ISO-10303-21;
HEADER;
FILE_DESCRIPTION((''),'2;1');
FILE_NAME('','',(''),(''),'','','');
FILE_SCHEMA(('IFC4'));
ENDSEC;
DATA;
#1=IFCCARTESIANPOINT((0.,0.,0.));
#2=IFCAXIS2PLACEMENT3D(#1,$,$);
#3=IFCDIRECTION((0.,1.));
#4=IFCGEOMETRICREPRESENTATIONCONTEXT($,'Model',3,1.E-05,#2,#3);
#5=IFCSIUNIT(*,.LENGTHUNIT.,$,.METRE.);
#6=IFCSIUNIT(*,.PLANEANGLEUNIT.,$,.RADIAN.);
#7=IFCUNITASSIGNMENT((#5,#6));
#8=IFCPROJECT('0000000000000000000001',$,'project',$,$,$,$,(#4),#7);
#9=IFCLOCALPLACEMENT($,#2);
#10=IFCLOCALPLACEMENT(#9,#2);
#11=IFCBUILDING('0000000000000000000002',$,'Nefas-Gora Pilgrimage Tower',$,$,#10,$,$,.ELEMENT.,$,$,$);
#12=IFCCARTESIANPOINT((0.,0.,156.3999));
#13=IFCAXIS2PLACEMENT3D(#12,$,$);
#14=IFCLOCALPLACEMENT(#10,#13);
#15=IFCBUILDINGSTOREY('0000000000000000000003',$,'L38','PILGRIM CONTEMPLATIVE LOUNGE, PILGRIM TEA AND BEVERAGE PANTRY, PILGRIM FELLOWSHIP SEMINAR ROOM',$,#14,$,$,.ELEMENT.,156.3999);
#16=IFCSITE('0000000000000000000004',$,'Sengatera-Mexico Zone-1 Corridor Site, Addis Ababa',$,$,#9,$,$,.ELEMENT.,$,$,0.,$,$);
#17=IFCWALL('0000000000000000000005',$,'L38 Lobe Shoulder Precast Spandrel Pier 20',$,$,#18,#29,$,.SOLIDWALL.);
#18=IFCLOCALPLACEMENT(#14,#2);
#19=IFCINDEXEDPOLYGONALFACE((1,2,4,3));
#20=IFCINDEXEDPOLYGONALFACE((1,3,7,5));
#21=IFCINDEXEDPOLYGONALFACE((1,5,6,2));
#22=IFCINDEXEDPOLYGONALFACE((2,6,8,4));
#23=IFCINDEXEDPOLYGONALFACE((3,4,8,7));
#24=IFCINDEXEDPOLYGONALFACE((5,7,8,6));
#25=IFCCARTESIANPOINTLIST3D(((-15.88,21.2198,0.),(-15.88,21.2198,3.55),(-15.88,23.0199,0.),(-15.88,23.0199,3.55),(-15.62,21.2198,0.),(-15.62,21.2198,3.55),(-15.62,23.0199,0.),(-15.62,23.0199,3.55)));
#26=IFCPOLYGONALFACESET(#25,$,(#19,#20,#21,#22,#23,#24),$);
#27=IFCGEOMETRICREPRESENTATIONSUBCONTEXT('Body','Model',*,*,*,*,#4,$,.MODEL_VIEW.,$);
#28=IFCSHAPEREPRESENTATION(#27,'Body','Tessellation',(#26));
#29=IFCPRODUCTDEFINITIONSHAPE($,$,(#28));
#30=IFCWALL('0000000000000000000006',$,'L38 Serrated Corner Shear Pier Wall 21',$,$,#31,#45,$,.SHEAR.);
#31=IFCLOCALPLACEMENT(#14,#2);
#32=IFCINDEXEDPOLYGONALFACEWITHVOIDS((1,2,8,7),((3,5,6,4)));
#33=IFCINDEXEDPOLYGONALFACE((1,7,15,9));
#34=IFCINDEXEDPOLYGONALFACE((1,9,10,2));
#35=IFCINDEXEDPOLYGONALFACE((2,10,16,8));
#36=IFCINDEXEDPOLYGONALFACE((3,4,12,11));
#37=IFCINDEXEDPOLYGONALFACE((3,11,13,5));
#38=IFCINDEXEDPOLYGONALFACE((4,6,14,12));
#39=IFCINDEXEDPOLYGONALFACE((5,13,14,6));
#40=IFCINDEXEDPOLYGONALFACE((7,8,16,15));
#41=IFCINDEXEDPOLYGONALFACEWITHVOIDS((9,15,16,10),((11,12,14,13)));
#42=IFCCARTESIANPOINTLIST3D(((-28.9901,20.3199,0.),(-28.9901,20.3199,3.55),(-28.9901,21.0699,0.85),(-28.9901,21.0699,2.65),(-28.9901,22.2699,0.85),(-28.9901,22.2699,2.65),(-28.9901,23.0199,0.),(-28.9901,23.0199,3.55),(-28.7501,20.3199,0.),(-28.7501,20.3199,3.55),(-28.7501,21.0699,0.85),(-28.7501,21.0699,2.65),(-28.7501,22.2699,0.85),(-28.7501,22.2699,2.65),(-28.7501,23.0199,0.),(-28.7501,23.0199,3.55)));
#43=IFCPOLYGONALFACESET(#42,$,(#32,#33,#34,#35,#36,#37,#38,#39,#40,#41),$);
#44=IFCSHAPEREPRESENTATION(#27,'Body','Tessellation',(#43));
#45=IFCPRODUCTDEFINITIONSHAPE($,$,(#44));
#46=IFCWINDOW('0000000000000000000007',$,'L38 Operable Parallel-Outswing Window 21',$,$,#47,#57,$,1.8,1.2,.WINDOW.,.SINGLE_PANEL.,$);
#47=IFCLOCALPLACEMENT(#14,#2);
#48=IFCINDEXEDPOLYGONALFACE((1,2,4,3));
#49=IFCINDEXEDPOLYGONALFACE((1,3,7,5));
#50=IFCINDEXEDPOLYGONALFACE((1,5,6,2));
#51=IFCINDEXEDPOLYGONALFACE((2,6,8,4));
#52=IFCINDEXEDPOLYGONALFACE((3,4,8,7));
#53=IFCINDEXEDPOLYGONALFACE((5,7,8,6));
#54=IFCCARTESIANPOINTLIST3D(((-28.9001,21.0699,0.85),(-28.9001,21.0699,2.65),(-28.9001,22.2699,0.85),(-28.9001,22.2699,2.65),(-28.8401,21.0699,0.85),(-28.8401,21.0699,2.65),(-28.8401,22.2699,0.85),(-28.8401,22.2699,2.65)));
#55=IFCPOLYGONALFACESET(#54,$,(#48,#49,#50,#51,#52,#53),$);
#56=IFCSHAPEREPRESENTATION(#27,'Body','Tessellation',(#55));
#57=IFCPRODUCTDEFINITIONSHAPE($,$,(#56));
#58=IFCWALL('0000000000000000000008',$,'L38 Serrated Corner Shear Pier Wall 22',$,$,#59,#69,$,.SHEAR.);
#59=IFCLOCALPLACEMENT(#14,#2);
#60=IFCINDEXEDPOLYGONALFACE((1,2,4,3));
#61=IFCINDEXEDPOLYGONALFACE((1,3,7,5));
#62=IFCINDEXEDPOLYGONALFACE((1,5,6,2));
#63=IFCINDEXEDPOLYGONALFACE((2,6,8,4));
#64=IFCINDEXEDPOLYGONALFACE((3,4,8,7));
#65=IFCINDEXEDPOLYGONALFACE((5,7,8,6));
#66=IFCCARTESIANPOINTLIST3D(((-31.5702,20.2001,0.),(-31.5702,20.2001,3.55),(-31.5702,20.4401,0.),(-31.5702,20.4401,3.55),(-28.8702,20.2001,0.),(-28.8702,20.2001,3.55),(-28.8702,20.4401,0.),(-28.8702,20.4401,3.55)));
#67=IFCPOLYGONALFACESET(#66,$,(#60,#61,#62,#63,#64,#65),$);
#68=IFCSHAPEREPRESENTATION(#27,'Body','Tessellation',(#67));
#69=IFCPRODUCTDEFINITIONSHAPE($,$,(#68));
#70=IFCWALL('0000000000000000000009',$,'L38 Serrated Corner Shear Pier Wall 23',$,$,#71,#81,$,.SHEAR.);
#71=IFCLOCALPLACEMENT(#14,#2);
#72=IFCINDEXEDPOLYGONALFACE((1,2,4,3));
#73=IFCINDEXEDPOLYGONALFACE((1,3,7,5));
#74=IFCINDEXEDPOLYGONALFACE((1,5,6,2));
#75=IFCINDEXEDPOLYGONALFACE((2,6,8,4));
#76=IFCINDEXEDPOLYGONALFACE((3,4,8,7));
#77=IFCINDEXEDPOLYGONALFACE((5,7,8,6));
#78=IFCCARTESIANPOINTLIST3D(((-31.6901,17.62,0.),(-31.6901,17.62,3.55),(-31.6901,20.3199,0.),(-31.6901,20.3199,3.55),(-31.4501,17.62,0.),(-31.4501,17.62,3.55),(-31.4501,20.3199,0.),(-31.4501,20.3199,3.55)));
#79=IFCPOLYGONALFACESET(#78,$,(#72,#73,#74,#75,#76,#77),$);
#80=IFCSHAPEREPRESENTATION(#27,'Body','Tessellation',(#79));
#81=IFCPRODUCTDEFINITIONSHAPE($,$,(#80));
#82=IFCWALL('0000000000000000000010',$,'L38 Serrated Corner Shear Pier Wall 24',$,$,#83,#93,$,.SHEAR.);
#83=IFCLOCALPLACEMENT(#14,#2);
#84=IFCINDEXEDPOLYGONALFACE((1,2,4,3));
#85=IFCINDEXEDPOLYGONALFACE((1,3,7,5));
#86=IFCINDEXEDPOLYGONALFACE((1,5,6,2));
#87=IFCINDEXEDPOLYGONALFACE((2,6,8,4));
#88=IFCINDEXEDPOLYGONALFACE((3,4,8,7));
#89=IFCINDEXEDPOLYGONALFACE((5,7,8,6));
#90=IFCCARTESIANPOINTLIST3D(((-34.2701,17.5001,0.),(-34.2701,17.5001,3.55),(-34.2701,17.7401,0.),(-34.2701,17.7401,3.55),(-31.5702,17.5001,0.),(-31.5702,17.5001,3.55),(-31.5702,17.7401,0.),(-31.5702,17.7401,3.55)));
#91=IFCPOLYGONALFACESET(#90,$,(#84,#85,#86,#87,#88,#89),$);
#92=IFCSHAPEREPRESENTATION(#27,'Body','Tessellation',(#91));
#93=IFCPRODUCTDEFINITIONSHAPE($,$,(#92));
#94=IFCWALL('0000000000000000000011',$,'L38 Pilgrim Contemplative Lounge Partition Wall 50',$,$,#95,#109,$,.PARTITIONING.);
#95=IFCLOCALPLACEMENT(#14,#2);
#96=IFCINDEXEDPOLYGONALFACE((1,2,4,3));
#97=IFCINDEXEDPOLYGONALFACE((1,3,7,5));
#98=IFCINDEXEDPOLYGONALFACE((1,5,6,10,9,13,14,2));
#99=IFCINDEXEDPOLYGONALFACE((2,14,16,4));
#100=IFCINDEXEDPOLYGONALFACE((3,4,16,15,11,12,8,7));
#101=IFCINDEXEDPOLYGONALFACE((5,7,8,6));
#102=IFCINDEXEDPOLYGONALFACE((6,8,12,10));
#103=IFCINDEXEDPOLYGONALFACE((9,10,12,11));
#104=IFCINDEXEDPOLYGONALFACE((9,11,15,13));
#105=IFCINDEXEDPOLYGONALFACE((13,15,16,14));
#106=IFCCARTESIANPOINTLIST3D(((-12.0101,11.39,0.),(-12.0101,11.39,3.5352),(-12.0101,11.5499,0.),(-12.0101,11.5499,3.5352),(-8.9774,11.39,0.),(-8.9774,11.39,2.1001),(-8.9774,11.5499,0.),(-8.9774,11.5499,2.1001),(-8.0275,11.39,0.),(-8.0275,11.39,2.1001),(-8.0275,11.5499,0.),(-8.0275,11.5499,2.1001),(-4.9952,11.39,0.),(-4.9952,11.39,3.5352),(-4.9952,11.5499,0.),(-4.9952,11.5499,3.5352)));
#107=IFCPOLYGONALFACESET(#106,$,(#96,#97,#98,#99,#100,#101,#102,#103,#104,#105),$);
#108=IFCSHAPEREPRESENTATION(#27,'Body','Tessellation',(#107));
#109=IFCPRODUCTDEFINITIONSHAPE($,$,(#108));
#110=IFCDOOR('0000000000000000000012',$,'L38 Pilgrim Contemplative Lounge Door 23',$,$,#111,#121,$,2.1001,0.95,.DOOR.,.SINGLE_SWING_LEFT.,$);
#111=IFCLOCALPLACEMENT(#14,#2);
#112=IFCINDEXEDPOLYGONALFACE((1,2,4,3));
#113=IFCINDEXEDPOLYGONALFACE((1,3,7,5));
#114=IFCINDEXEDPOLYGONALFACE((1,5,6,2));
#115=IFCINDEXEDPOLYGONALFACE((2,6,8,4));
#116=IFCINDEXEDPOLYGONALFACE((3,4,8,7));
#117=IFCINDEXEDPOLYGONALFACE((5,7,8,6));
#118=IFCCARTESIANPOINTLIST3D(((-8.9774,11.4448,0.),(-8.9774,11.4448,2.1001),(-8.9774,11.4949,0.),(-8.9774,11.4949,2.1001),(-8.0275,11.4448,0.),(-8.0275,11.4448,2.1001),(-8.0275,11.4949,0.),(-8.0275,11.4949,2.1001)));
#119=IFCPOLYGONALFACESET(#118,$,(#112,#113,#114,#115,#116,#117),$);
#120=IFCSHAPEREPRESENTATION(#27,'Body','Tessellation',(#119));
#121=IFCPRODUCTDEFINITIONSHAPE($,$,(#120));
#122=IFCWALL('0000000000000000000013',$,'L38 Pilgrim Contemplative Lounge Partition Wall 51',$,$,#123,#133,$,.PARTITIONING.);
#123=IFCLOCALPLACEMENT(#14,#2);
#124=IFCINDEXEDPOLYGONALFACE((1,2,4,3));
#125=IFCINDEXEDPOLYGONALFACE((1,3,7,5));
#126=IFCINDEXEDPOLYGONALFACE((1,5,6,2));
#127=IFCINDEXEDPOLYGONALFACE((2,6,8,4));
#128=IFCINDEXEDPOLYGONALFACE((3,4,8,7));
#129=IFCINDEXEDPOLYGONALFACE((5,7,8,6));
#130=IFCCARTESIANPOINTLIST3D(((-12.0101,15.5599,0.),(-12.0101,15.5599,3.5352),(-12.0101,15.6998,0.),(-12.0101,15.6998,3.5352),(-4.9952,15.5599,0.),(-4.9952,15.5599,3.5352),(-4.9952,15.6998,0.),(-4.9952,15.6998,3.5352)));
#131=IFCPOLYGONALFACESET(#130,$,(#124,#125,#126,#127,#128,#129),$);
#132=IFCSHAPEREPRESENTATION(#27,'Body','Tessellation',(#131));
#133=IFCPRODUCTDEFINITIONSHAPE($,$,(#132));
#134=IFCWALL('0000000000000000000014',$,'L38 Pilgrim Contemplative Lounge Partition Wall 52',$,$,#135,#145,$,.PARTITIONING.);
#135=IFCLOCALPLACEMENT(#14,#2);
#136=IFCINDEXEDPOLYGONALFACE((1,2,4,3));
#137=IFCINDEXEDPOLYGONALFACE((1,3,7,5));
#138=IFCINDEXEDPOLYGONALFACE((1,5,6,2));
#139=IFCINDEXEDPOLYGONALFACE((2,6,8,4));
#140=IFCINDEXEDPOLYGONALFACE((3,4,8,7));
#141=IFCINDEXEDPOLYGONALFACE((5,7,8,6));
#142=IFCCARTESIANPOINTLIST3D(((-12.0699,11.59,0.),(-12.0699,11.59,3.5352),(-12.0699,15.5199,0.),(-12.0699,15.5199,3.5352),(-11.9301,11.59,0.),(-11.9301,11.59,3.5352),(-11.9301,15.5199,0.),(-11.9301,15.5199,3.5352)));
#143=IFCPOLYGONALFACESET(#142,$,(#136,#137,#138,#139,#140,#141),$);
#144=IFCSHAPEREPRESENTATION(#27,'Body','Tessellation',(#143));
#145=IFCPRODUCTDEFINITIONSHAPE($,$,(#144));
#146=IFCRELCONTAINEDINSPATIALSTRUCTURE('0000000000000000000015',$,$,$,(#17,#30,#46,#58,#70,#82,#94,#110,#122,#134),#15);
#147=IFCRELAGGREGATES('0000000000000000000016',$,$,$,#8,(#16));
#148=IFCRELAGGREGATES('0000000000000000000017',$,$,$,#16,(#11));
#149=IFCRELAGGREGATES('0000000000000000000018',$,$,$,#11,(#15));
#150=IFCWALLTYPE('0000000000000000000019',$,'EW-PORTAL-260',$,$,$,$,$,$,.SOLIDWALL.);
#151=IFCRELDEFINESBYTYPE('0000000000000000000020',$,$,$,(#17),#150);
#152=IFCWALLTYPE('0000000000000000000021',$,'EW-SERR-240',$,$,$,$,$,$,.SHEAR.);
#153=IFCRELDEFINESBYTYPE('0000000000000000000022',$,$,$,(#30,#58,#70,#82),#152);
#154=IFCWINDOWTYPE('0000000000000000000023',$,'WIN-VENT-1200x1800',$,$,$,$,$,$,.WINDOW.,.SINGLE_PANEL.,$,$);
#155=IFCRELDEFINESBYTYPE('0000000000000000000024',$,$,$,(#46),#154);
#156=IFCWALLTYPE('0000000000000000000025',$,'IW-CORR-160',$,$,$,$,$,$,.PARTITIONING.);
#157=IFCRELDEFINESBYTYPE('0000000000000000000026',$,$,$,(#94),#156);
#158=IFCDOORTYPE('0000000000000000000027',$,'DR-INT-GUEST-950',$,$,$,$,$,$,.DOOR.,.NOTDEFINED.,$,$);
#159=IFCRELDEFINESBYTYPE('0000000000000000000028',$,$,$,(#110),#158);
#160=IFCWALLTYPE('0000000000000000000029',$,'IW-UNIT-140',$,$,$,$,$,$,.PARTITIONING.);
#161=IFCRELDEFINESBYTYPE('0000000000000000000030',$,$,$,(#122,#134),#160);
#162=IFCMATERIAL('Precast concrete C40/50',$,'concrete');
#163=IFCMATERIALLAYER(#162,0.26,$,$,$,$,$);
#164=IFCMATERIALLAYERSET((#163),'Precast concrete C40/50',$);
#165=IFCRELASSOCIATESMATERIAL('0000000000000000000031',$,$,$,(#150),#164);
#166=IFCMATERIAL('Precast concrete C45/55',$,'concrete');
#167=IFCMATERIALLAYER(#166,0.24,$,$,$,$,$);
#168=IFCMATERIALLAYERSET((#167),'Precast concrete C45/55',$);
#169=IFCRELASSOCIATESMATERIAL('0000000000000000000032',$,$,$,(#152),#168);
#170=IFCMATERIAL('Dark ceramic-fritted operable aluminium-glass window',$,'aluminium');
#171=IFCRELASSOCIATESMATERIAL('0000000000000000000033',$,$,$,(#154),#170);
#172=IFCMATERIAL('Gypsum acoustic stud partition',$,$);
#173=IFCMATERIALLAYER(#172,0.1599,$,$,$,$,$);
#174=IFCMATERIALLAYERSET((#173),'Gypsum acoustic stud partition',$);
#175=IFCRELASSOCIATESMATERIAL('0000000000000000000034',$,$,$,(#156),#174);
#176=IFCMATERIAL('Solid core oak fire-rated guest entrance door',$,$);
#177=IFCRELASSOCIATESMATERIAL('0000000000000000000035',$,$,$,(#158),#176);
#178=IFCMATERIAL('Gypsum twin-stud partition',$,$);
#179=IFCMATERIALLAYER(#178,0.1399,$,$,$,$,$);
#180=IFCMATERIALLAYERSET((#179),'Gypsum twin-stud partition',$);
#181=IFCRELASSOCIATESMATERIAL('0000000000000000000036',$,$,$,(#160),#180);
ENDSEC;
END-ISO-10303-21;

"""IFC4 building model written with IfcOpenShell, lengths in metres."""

from ifc_helpers import new_model, si_unit, direction, frame, frame_2d, origin, place, context, subcontext, project, spatial, rectangle, extrude, source, transform, mapped, material, layer, layer_set, type_object, element, fill, save


model = new_model("IFC4")

# Units and contexts
model_context = context("Model", 3, precision=1e-05, world=origin(), true_north=direction((0.0, 1.0)))
body_context = subcontext(model_context, "Body", "Model", "MODEL_VIEW")
ifc_project = project(units=[si_unit("LENGTHUNIT", "METRE"), si_unit("PLANEANGLEUNIT", "RADIAN")], contexts=[model_context])

# Site, building, storey
site_placement = place(None, origin())
site = spatial("IfcSite", under=ifc_project, at=site_placement, Name="Sengatera-Mexico Zone-1 Corridor Site, Addis Ababa", CompositionType="ELEMENT", RefElevation=0.0)
building_placement = place(site_placement, origin())
building = spatial("IfcBuilding", under=site, at=building_placement, Name="Nefas-Gora Pilgrimage Tower", CompositionType="ELEMENT")
storey_placement = place(building_placement, frame((0.0, 0.0, 156.3999)))
storey = spatial("IfcBuildingStorey", under=building, at=storey_placement, Name="L38", Description="PILGRIM CONTEMPLATIVE LOUNGE, PILGRIM TEA AND BEVERAGE PANTRY, PILGRIM FELLOWSHIP SEMINAR ROOM", CompositionType="ELEMENT", Elevation=156.3999)

# Wall
ifc_material_1 = material(Name="Precast concrete C40/50", Category="concrete")
ifc_layer_1 = layer(ifc_material_1, 0.26)
ifc_layer_set_1 = layer_set([ifc_layer_1], Name="Precast concrete C40/50")
wall_type_1 = type_object("IfcWallType", Name="EW-PORTAL-260", PredefinedType="SOLIDWALL", material=ifc_layer_set_1)
shared_shape_1 = source(origin(), body_context, "Body", "SweptSolid", [
    extrude(rectangle(XDim=1.8, YDim=0.26, at=frame_2d((0.8999, 0.0))), origin(), (0.0, 0.0, 1.0), 3.55),
])
wall_1_placement = place(storey_placement, frame((-15.75, 21.22, 0.0), z_axis=(0.0, 0.0, 1.0), x_axis=(0.0, 1.0, 0.0)))
element("IfcWall", 1, at=wall_1_placement, inside=storey, type_object=wall_type_1, Name="L38 Lobe Shoulder Precast Spandrel Pier 20", PredefinedType="SOLIDWALL", context=body_context, shape_type="MappedRepresentation", body=[
    mapped(shared_shape_1, transform((0.0, 0.0, 0.0), x_axis=(1.0, 0.0, 0.0), y_axis=(0.0, 1.0, 0.0), z_axis=(0.0, 0.0, 1.0), scale=1.0)),
])

# Wall, opening, window
ifc_material_2 = material(Name="Precast concrete C45/55", Category="concrete")
ifc_layer_2 = layer(ifc_material_2, 0.24)
ifc_layer_set_2 = layer_set([ifc_layer_2], Name="Precast concrete C45/55")
wall_type_2 = type_object("IfcWallType", Name="EW-SERR-240", PredefinedType="SHEAR", material=ifc_layer_set_2)
shared_shape_2 = source(origin(), body_context, "Body", "SweptSolid", [
    extrude(rectangle(XDim=2.7, YDim=0.24, at=frame_2d((1.3501, 0.0))), origin(), (0.0, 0.0, 1.0), 3.55),
])
wall_2_placement = place(storey_placement, frame((-28.8701, 23.02, 0.0), z_axis=(0.0, 0.0, 1.0), x_axis=(0.0, -1.0, 0.0)))
wall_2 = element("IfcWall", 2, at=wall_2_placement, inside=storey, type_object=wall_type_2, Name="L38 Serrated Corner Shear Pier Wall 21", PredefinedType="SHEAR", context=body_context, shape_type="MappedRepresentation", body=[
    mapped(shared_shape_2, transform((0.0, 0.0, 0.0), x_axis=(1.0, 0.0, 0.0), y_axis=(0.0, 1.0, 0.0), z_axis=(0.0, 0.0, 1.0), scale=1.0)),
])
opening_1_placement = place(wall_2_placement, frame((0.75, 0.0, 0.8501)))
opening_1 = element("IfcOpeningElement", 3, at=opening_1_placement, cuts=wall_2, PredefinedType="OPENING", context=body_context, shape_type="SweptSolid", body=[
    extrude(rectangle(XDim=1.2, YDim=1.8, at=frame_2d((0.6001, 0.8999))), frame((0.0, 0.1299, 0.0), z_axis=(0.0, -1.0, 0.0), x_axis=(1.0, 0.0, 0.0)), (0.0, 0.0, 1.0), 0.26),
])
ifc_material_3 = material(Name="Dark ceramic-fritted operable aluminium-glass window", Category="aluminium")
window_type = type_object("IfcWindowType", Name="WIN-VENT-1200x1800", PartitioningType="SINGLE_PANEL", PredefinedType="WINDOW", material=ifc_material_3)
shared_shape_3 = source(origin(), body_context, "Body", "SweptSolid", [
    extrude(rectangle(XDim=1.2, YDim=1.8, at=frame_2d((0.6001, 0.8999))), frame((0.0, 0.03, 0.0), z_axis=(0.0, -1.0, 0.0), x_axis=(1.0, 0.0, 0.0)), (0.0, 0.0, 1.0), 0.0601),
])
window_placement = place(opening_1_placement, origin())
window = element("IfcWindow", 4, at=window_placement, inside=storey, type_object=window_type, Name="L38 Operable Parallel-Outswing Window 21", OverallHeight=1.8, OverallWidth=1.2, PartitioningType="SINGLE_PANEL", PredefinedType="WINDOW", context=body_context, shape_type="MappedRepresentation", body=[
    mapped(shared_shape_3, transform((0.0, 0.0, 0.0), x_axis=(1.0, 0.0, 0.0), y_axis=(0.0, 1.0, 0.0), z_axis=(0.0, 0.0, 1.0), scale=1.0)),
])
fill(opening_1, window)

# Walls
for number, where, z_axis, x_axis, name in (
    (5, (-28.8701, 20.3201, 0.0), (0.0, 0.0, 1.0), (-1.0, 0.0, 0.0), "L38 Serrated Corner Shear Pier Wall 22"),
    (6, (-31.5701, 20.3201, 0.0), (0.0, 0.0, 1.0), (0.0, -1.0, 0.0), "L38 Serrated Corner Shear Pier Wall 23"),
    (7, (-31.5701, 17.6201, 0.0), (0.0, 0.0, 1.0), (-1.0, 0.0, 0.0), "L38 Serrated Corner Shear Pier Wall 24"),
):
    element("IfcWall", number, at=place(storey_placement, frame(where, z_axis=z_axis, x_axis=x_axis)), inside=storey, type_object=wall_type_2, Name=name, PredefinedType="SHEAR", context=body_context, shape_type="MappedRepresentation", body=[
        mapped(shared_shape_2, transform((0.0, 0.0, 0.0), x_axis=(1.0, 0.0, 0.0), y_axis=(0.0, 1.0, 0.0), z_axis=(0.0, 0.0, 1.0), scale=1.0)),
    ])

# Wall, opening, door
ifc_material_4 = material(Name="Gypsum acoustic stud partition")
ifc_layer_3 = layer(ifc_material_4, 0.1599)
ifc_layer_set_3 = layer_set([ifc_layer_3], Name="Gypsum acoustic stud partition")
wall_type_3 = type_object("IfcWallType", Name="IW-CORR-160", PredefinedType="PARTITIONING", material=ifc_layer_set_3)
shared_shape_4 = source(origin(), body_context, "Body", "SweptSolid", [
    extrude(rectangle(XDim=7.0149, YDim=0.1599, at=frame_2d((3.5073, 0.0))), origin(), (0.0, 0.0, 1.0), 3.5352),
])
wall_3_placement = place(storey_placement, frame((-12.01, 11.47, 0.0), z_axis=(0.0, 0.0, 1.0), x_axis=(1.0, 0.0, 0.0)))
wall_3 = element("IfcWall", 8, at=wall_3_placement, inside=storey, type_object=wall_type_3, Name="L38 Pilgrim Contemplative Lounge Partition Wall 50", PredefinedType="PARTITIONING", context=body_context, shape_type="MappedRepresentation", body=[
    mapped(shared_shape_4, transform((0.0, 0.0, 0.0), x_axis=(1.0, 0.0, 0.0), y_axis=(0.0, 1.0, 0.0), z_axis=(0.0, 0.0, 1.0), scale=1.0)),
])
opening_2_placement = place(wall_3_placement, frame((3.0325, 0.0, 0.0)))
opening_2 = element("IfcOpeningElement", 9, at=opening_2_placement, cuts=wall_3, PredefinedType="OPENING", context=body_context, shape_type="SweptSolid", body=[
    extrude(rectangle(XDim=0.95, YDim=2.1001, at=frame_2d((0.4751, 1.05))), frame((0.0, 0.0898, 0.0), z_axis=(0.0, -1.0, 0.0), x_axis=(1.0, 0.0, 0.0)), (0.0, 0.0, 1.0), 0.1799),
])
ifc_material_5 = material(Name="Solid core oak fire-rated guest entrance door")
door_type = type_object("IfcDoorType", Name="DR-INT-GUEST-950", OperationType="NOTDEFINED", PredefinedType="DOOR", material=ifc_material_5)
shared_shape_5 = source(origin(), body_context, "Body", "SweptSolid", [
    extrude(rectangle(XDim=0.95, YDim=2.1001, at=frame_2d((0.4751, 1.05))), frame((0.0, 0.0249, 0.0), z_axis=(0.0, -1.0, 0.0), x_axis=(1.0, 0.0, 0.0)), (0.0, 0.0, 1.0), 0.05),
])
door_1_placement = place(opening_2_placement, origin())
door_1 = element("IfcDoor", 10, at=door_1_placement, inside=storey, type_object=door_type, Name="L38 Pilgrim Contemplative Lounge Door 23", OperationType="SINGLE_SWING_LEFT", OverallHeight=2.1001, OverallWidth=0.95, PredefinedType="DOOR", context=body_context, shape_type="MappedRepresentation", body=[
    mapped(shared_shape_5, transform((0.0, 0.0, 0.0), x_axis=(1.0, 0.0, 0.0), y_axis=(0.0, 1.0, 0.0), z_axis=(0.0, 0.0, 1.0), scale=1.0)),
])
fill(opening_2, door_1)

# Walls
ifc_material_6 = material(Name="Gypsum twin-stud partition")
ifc_layer_4 = layer(ifc_material_6, 0.1399)
ifc_layer_set_4 = layer_set([ifc_layer_4], Name="Gypsum twin-stud partition")
wall_type_4 = type_object("IfcWallType", Name="IW-UNIT-140", PredefinedType="PARTITIONING", material=ifc_layer_set_4)
shared_shape_6 = source(origin(), body_context, "Body", "SweptSolid", [
    extrude(rectangle(XDim=7.0149, YDim=0.1399, at=frame_2d((3.5073, 0.0))), origin(), (0.0, 0.0, 1.0), 3.5352),
])
wall_4_placement = place(storey_placement, frame((-12.01, 15.6299, 0.0), z_axis=(0.0, 0.0, 1.0), x_axis=(1.0, 0.0, 0.0)))
element("IfcWall", 11, at=wall_4_placement, inside=storey, type_object=wall_type_4, Name="L38 Pilgrim Contemplative Lounge Partition Wall 51", PredefinedType="PARTITIONING", context=body_context, shape_type="MappedRepresentation", body=[
    mapped(shared_shape_6, transform((0.0, 0.0, 0.0), x_axis=(1.0, 0.0, 0.0), y_axis=(0.0, 1.0, 0.0), z_axis=(0.0, 0.0, 1.0), scale=1.0)),
])
shared_shape_7 = source(origin(), body_context, "Body", "SweptSolid", [
    extrude(rectangle(XDim=3.9299, YDim=0.1399, at=frame_2d((1.9648, 0.0))), origin(), (0.0, 0.0, 1.0), 3.5352),
])
wall_5_placement = place(storey_placement, frame((-12.0, 11.5901, 0.0), z_axis=(0.0, 0.0, 1.0), x_axis=(0.0, 1.0, 0.0)))
element("IfcWall", 12, at=wall_5_placement, inside=storey, type_object=wall_type_4, Name="L38 Pilgrim Contemplative Lounge Partition Wall 52", PredefinedType="PARTITIONING", context=body_context, shape_type="MappedRepresentation", body=[
    mapped(shared_shape_7, transform((0.0, 0.0, 0.0), x_axis=(1.0, 0.0, 0.0), y_axis=(0.0, 1.0, 0.0), z_axis=(0.0, 0.0, 1.0), scale=1.0)),
])

save(model, "model.ifc")
